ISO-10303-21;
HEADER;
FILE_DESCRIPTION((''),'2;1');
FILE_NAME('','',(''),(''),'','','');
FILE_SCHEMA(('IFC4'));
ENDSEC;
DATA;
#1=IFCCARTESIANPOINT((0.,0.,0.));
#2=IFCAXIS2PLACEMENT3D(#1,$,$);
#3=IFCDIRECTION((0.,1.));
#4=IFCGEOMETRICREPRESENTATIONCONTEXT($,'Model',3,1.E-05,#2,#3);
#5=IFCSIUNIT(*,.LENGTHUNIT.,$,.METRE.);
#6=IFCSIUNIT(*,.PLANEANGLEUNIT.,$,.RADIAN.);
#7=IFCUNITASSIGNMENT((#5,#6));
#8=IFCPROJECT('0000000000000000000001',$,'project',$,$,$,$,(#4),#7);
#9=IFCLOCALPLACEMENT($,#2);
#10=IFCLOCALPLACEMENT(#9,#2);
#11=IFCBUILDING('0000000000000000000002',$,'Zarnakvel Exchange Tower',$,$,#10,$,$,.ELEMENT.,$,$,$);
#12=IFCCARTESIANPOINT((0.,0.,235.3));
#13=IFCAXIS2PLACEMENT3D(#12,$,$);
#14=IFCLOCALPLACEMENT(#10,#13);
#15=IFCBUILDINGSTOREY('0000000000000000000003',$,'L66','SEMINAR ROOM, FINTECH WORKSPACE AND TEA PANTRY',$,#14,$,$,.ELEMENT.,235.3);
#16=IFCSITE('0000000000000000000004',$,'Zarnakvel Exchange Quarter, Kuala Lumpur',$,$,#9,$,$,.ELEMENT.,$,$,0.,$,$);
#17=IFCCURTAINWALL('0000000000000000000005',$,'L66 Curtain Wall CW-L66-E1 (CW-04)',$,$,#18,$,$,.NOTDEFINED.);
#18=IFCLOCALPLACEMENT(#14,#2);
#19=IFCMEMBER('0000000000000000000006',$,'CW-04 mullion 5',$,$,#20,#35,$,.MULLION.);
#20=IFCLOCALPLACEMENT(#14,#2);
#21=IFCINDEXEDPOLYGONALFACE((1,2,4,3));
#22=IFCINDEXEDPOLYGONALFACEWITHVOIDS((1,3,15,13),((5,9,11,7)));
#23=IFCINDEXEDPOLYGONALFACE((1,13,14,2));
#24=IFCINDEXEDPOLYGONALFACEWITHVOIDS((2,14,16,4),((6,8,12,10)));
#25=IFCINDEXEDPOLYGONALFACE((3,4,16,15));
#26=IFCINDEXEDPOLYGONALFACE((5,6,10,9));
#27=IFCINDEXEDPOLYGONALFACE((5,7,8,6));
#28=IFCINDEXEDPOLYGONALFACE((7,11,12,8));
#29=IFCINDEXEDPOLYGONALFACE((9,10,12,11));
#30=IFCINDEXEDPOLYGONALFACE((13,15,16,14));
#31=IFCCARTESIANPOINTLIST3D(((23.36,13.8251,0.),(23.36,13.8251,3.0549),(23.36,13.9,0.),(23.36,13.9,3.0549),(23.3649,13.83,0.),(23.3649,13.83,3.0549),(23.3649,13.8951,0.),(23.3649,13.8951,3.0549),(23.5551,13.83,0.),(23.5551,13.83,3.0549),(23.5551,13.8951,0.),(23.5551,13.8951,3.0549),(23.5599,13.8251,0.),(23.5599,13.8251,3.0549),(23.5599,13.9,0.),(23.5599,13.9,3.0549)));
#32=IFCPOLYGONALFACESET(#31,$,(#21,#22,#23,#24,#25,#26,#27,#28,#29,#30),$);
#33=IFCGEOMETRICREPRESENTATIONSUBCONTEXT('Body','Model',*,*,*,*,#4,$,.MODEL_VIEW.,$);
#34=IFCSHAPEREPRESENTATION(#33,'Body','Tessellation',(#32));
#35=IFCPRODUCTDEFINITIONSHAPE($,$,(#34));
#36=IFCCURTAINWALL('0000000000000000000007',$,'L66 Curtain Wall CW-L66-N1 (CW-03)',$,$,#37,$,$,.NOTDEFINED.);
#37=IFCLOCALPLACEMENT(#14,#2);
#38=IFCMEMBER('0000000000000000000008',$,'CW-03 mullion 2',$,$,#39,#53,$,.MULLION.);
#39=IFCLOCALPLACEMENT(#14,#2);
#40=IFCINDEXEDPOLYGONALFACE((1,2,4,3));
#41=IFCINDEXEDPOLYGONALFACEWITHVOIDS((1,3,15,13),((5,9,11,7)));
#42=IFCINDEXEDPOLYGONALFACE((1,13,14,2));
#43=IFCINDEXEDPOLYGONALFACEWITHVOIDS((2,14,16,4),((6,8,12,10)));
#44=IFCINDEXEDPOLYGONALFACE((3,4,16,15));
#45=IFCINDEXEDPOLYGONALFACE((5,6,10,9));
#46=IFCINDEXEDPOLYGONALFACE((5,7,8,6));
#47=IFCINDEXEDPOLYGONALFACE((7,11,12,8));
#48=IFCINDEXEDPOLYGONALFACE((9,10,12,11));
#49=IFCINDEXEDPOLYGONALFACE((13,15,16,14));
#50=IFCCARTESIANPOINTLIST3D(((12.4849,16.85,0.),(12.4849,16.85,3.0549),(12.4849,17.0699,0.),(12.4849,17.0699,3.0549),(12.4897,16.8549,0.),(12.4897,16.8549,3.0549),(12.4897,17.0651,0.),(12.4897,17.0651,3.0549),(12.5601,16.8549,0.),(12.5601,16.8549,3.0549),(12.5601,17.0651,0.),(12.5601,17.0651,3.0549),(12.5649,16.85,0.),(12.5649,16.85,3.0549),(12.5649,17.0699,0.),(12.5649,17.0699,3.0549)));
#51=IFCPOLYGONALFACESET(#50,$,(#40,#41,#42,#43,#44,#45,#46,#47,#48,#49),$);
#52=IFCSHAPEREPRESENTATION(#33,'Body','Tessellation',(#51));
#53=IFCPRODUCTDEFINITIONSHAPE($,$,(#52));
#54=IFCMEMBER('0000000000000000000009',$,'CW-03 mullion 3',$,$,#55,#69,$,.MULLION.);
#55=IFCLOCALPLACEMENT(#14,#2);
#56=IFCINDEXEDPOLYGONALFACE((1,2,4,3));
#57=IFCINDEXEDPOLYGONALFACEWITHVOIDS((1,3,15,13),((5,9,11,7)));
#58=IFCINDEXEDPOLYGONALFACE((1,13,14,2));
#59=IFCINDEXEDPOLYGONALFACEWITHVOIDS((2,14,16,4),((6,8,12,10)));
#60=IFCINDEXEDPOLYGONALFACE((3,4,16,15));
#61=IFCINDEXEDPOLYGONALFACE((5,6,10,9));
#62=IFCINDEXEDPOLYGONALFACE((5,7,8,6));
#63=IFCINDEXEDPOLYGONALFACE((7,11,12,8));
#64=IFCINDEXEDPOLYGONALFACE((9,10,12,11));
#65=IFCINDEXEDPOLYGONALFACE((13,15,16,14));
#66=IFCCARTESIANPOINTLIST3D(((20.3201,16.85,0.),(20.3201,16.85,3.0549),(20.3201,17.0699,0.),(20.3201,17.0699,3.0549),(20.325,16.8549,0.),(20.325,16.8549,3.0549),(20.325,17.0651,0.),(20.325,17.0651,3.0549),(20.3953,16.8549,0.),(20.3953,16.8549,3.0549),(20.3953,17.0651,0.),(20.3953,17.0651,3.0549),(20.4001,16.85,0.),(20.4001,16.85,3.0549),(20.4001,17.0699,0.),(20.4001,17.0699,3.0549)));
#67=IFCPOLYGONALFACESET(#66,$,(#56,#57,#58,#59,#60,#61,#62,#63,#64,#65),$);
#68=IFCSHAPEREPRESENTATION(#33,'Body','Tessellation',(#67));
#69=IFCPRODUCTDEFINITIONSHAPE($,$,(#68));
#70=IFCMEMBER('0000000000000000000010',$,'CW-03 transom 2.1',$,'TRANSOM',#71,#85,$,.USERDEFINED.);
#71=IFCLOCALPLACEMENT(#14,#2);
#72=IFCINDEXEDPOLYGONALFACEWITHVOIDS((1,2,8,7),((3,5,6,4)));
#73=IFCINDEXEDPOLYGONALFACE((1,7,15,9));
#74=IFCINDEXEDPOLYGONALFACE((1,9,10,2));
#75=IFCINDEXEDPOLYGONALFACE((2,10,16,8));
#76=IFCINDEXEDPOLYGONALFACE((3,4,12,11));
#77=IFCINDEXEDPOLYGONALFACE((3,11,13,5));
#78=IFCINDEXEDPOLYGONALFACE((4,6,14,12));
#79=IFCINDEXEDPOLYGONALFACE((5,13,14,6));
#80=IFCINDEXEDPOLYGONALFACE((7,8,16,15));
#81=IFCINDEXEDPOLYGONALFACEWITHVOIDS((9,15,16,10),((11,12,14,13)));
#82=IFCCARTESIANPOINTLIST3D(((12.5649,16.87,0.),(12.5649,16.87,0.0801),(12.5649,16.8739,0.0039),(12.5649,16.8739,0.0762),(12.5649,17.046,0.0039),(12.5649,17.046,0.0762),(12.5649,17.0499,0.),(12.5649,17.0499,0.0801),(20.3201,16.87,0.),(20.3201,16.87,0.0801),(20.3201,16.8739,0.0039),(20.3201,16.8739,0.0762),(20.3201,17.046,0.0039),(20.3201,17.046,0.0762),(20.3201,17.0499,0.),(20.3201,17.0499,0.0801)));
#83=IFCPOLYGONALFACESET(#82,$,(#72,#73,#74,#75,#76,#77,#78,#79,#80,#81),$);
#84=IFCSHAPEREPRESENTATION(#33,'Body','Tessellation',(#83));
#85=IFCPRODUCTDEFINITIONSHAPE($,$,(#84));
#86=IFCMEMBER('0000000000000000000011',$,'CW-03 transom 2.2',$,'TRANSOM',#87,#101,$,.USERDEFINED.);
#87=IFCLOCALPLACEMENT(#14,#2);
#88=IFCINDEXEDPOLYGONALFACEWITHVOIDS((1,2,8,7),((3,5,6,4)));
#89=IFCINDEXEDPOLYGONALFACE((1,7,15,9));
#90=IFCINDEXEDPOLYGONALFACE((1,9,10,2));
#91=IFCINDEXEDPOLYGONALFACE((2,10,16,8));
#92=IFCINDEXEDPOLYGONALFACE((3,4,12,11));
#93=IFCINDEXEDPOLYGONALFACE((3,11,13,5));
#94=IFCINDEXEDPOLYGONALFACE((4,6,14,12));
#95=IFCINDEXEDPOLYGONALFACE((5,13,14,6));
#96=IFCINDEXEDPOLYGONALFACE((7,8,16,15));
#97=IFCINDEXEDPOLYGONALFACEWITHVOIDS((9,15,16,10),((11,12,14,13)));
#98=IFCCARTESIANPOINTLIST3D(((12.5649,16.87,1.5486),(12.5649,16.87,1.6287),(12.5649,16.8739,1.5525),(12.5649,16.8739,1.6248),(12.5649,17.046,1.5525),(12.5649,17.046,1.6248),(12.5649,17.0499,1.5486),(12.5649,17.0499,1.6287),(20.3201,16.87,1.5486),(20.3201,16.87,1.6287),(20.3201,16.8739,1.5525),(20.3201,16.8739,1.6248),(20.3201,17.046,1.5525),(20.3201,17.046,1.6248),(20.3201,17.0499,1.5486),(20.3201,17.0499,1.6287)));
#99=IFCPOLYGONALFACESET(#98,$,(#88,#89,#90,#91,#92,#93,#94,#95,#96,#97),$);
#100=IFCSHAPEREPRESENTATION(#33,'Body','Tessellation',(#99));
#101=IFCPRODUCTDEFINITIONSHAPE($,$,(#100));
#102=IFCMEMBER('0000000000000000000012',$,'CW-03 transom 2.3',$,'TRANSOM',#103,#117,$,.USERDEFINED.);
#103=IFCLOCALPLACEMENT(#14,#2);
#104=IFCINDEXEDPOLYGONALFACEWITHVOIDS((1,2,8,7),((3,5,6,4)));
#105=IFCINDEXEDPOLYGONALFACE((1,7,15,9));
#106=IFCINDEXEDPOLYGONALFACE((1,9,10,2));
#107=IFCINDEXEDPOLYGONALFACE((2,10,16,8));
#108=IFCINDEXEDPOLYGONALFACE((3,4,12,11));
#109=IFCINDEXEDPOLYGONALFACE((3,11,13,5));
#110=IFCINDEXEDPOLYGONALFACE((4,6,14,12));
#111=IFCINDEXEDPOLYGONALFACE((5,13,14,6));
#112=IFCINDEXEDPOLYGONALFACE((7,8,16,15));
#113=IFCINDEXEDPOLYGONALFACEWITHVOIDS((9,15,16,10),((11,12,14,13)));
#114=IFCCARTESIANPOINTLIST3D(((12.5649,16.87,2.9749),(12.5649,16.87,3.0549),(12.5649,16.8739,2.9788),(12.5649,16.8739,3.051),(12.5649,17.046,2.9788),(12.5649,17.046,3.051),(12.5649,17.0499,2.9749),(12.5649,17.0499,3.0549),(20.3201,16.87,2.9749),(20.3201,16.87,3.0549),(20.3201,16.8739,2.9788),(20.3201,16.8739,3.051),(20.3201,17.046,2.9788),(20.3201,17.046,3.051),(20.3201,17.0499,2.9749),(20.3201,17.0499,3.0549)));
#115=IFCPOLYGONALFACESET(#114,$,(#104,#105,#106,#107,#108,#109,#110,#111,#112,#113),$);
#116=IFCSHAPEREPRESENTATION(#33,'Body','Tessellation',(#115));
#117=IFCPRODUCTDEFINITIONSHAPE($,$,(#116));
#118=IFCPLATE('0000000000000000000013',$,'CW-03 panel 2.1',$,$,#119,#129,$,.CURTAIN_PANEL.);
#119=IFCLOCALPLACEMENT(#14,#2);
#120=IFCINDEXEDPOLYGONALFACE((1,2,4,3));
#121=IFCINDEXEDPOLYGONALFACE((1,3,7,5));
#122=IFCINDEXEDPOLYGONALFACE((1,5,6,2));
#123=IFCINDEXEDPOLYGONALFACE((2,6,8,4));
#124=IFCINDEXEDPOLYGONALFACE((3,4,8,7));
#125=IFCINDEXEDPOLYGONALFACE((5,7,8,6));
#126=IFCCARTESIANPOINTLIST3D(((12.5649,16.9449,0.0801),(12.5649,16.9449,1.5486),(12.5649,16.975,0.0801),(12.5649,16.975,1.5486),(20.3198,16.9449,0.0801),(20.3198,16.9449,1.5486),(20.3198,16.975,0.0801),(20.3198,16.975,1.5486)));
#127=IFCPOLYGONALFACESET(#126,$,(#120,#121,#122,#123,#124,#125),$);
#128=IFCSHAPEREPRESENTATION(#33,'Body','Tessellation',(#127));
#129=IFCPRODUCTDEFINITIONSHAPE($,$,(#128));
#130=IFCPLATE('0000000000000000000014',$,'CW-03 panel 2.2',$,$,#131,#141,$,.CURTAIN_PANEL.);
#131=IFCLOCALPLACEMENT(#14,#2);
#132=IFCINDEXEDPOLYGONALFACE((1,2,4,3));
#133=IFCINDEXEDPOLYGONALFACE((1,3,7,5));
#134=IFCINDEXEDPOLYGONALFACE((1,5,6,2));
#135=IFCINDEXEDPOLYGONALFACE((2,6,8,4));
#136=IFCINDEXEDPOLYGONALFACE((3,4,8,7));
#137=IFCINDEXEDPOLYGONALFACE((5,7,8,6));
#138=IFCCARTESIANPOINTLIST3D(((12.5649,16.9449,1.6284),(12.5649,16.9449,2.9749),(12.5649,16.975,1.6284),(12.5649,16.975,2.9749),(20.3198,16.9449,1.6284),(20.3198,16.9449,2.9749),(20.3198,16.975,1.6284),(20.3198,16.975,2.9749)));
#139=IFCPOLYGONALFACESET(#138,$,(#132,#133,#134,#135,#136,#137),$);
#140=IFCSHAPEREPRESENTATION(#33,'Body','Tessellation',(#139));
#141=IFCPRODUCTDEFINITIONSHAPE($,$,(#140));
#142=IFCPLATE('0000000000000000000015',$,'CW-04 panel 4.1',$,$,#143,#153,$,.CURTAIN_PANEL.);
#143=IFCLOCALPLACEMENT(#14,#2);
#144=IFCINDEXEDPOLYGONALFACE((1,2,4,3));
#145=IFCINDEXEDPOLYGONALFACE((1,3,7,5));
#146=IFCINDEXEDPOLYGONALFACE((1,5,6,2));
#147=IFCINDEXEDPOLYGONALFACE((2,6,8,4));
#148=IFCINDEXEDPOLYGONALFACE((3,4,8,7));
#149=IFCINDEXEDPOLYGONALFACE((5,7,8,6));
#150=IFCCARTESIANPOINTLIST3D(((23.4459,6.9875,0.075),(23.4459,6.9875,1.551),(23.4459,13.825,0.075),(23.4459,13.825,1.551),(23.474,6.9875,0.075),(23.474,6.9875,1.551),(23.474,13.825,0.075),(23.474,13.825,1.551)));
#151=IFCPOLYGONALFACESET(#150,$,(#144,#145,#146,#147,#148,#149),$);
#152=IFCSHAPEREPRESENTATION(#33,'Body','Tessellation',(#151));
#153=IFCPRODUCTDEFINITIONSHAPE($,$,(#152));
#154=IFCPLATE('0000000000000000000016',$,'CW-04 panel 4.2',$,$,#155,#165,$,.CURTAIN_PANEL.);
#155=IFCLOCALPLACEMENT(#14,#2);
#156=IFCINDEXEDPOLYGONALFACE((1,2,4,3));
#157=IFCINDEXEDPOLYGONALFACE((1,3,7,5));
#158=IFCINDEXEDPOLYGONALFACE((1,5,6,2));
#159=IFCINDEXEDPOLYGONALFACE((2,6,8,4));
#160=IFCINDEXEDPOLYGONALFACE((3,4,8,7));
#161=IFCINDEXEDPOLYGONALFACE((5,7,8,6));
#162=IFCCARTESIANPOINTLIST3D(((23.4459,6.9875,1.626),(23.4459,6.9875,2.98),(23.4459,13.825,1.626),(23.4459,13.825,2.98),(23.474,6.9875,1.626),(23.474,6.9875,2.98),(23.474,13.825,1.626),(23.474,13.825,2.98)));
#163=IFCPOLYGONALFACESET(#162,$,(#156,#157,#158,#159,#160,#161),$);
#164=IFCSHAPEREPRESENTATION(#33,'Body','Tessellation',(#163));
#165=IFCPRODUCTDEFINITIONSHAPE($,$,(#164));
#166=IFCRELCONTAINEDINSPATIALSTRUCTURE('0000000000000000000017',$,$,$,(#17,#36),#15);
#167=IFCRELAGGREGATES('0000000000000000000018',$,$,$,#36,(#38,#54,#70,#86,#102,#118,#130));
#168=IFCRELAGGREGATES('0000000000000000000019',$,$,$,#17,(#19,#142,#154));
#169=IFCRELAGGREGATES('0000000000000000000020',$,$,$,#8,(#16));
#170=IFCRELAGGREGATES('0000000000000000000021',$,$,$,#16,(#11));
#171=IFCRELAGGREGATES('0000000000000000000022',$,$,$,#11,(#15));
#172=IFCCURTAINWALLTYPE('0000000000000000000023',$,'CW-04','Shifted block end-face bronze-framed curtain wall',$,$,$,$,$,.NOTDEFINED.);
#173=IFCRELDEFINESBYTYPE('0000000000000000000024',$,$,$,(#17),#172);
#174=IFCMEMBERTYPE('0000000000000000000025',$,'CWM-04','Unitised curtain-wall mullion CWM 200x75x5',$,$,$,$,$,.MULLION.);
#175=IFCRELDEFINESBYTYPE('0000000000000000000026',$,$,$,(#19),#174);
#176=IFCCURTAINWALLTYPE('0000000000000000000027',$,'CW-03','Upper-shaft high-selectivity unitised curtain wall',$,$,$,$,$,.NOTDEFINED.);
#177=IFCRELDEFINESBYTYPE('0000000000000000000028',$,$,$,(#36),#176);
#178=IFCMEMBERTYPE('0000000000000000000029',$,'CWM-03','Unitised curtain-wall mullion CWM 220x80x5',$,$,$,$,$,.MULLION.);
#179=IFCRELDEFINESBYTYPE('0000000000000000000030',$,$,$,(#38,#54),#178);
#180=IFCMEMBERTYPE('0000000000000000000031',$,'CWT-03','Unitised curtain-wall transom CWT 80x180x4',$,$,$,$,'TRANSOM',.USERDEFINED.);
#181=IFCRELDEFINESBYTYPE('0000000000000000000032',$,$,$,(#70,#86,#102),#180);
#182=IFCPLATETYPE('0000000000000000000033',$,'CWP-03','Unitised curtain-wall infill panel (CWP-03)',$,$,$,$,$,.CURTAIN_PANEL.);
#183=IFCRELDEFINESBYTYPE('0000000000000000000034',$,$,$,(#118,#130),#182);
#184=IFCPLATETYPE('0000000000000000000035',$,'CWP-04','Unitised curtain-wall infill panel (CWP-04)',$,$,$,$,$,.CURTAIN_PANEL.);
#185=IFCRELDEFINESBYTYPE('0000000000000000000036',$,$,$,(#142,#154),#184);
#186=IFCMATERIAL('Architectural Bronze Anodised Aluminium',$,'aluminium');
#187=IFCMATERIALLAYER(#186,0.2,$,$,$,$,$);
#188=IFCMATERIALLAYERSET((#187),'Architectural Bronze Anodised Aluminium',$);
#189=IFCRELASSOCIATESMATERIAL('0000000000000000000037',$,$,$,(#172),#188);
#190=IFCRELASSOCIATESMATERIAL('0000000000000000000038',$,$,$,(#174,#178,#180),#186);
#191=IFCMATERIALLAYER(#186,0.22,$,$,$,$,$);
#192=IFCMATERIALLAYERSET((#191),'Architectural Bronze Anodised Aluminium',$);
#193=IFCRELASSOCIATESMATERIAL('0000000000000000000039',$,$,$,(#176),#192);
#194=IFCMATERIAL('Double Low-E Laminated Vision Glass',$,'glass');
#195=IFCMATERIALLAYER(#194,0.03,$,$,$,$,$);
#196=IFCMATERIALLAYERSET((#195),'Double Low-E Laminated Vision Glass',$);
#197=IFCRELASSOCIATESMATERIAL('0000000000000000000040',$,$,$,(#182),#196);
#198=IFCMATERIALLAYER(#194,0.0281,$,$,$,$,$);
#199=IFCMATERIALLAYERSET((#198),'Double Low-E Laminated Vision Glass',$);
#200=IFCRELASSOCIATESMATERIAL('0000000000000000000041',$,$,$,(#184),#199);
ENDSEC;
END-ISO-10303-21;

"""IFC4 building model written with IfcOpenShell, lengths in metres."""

from ifc_helpers import new_model, si_unit, direction, frame, origin, origin_2d, place, context, subcontext, project, spatial, rectangle, hollow_rectangle, extrude, source, transform, mapped, material, layer, layer_set, material_profile, profile_set, type_object, element, aggregate, save


model = new_model("IFC4")

# Units and contexts
model_context = context("Model", 3, precision=1e-05, world=origin(), true_north=direction((0.0, 1.0)))
body_context = subcontext(model_context, "Body", "Model", "MODEL_VIEW")
ifc_project = project(units=[si_unit("LENGTHUNIT", "METRE"), si_unit("PLANEANGLEUNIT", "RADIAN")], contexts=[model_context])

# Site, building, storey
site_placement = place(None, origin())
site = spatial("IfcSite", under=ifc_project, at=site_placement, Name="Zarnakvel Exchange Quarter, Kuala Lumpur", CompositionType="ELEMENT", RefElevation=0.0)
building_placement = place(site_placement, origin())
building = spatial("IfcBuilding", under=site, at=building_placement, Name="Zarnakvel Exchange Tower", CompositionType="ELEMENT")
storey_placement = place(building_placement, frame((0.0, 0.0, 235.3)))
storey = spatial("IfcBuildingStorey", under=building, at=storey_placement, Name="L66", Description="SEMINAR ROOM, FINTECH WORKSPACE AND TEA PANTRY", CompositionType="ELEMENT", Elevation=235.3)

# Curtain wall, member
ifc_material_1 = material(Name="Architectural Bronze Anodised Aluminium", Category="aluminium")
ifc_layer_1 = layer(ifc_material_1, 0.2)
ifc_layer_set_1 = layer_set([ifc_layer_1], Name="Architectural Bronze Anodised Aluminium")
curtain_wall_type_1 = type_object("IfcCurtainWallType", Name="CW-04", Description="Shifted block end-face bronze-framed curtain wall", PredefinedType="NOTDEFINED", material=ifc_layer_set_1)
curtain_wall_1_placement = place(storey_placement, origin())
curtain_wall_1 = element("IfcCurtainWall", 1, at=curtain_wall_1_placement, inside=storey, type_object=curtain_wall_type_1, Name="L66 Curtain Wall CW-L66-E1 (CW-04)", PredefinedType="NOTDEFINED")
ifc_material_profile_1 = material_profile(ifc_material_1, hollow_rectangle(XDim=0.2, YDim=0.075, WallThickness=0.0049, at=origin_2d()))
ifc_profile_set_1 = profile_set([ifc_material_profile_1], Name="Architectural Bronze Anodised Aluminium")
member_type_1 = type_object("IfcMemberType", Name="CWM-04", Description="Unitised curtain-wall mullion CWM 200x75x5", PredefinedType="MULLION", material=ifc_profile_set_1)
shared_shape_1 = source(origin(), body_context, "Body", "SweptSolid", [
    extrude(hollow_rectangle(XDim=0.2, YDim=0.075, WallThickness=0.0049, at=origin_2d()), origin(), (0.0, 0.0, 1.0), 3.0549),
])
member_1_placement = place(storey_placement, frame((23.46, 13.8625, 0.0), z_axis=(0.0, 0.0, 1.0), x_axis=(-1.0, 0.0, 0.0)))
member_1 = element("IfcMember", 2, at=member_1_placement, type_object=member_type_1, Name="CW-04 mullion 5", PredefinedType="MULLION", context=body_context, shape_type="MappedRepresentation", body=[
    mapped(shared_shape_1, transform((0.0, 0.0, 0.0), x_axis=(1.0, 0.0, 0.0), y_axis=(0.0, 1.0, 0.0), z_axis=(0.0, 0.0, 1.0), scale=1.0)),
])

# Curtain wall, members, plates
ifc_layer_2 = layer(ifc_material_1, 0.22)
ifc_layer_set_2 = layer_set([ifc_layer_2], Name="Architectural Bronze Anodised Aluminium")
curtain_wall_type_2 = type_object("IfcCurtainWallType", Name="CW-03", Description="Upper-shaft high-selectivity unitised curtain wall", PredefinedType="NOTDEFINED", material=ifc_layer_set_2)
curtain_wall_2_placement = place(storey_placement, origin())
curtain_wall_2 = element("IfcCurtainWall", 3, at=curtain_wall_2_placement, inside=storey, type_object=curtain_wall_type_2, Name="L66 Curtain Wall CW-L66-N1 (CW-03)", PredefinedType="NOTDEFINED")
ifc_material_profile_2 = material_profile(ifc_material_1, hollow_rectangle(XDim=0.22, YDim=0.0801, WallThickness=0.0049, at=origin_2d()))
ifc_profile_set_2 = profile_set([ifc_material_profile_2], Name="Architectural Bronze Anodised Aluminium")
member_type_2 = type_object("IfcMemberType", Name="CWM-03", Description="Unitised curtain-wall mullion CWM 220x80x5", PredefinedType="MULLION", material=ifc_profile_set_2)
shared_shape_2 = source(origin(), body_context, "Body", "SweptSolid", [
    extrude(hollow_rectangle(XDim=0.22, YDim=0.0801, WallThickness=0.0049, at=origin_2d()), origin(), (0.0, 0.0, 1.0), 3.0549),
])
member_2_placement = place(storey_placement, frame((12.5249, 16.96, 0.0), z_axis=(0.0, 0.0, 1.0), x_axis=(0.0, 1.0, 0.0)))
member_2 = element("IfcMember", 4, at=member_2_placement, type_object=member_type_2, Name="CW-03 mullion 2", PredefinedType="MULLION", context=body_context, shape_type="MappedRepresentation", body=[
    mapped(shared_shape_2, transform((0.0, 0.0, 0.0), x_axis=(1.0, 0.0, 0.0), y_axis=(0.0, 1.0, 0.0), z_axis=(0.0, 0.0, 1.0), scale=1.0)),
])
member_3_placement = place(storey_placement, frame((20.3601, 16.96, 0.0), z_axis=(0.0, 0.0, 1.0), x_axis=(0.0, 1.0, 0.0)))
member_3 = element("IfcMember", 5, at=member_3_placement, type_object=member_type_2, Name="CW-03 mullion 3", PredefinedType="MULLION", context=body_context, shape_type="MappedRepresentation", body=[
    mapped(shared_shape_2, transform((0.0, 0.0, 0.0), x_axis=(1.0, 0.0, 0.0), y_axis=(0.0, 1.0, 0.0), z_axis=(0.0, 0.0, 1.0), scale=1.0)),
])
ifc_material_profile_3 = material_profile(ifc_material_1, hollow_rectangle(XDim=0.1799, YDim=0.0801, WallThickness=0.0039, at=origin_2d()))
ifc_profile_set_3 = profile_set([ifc_material_profile_3], Name="Architectural Bronze Anodised Aluminium")
member_type_3 = type_object("IfcMemberType", Name="CWT-03", Description="Unitised curtain-wall transom CWT 80x180x4", ElementType="TRANSOM", PredefinedType="USERDEFINED", material=ifc_profile_set_3)
shared_shape_3 = source(origin(), body_context, "Body", "SweptSolid", [
    extrude(hollow_rectangle(XDim=0.1799, YDim=0.0801, WallThickness=0.0039, at=origin_2d()), origin(), (0.0, 0.0, 1.0), 7.7551),
])
member_4_placement = place(storey_placement, frame((12.5649, 16.96, 0.04), z_axis=(1.0, 0.0, 0.0), x_axis=(0.0, 1.0, 0.0)))
member_4 = element("IfcMember", 6, at=member_4_placement, type_object=member_type_3, Name="CW-03 transom 2.1", ObjectType="TRANSOM", PredefinedType="USERDEFINED", context=body_context, shape_type="MappedRepresentation", body=[
    mapped(shared_shape_3, transform((0.0, 0.0, 0.0), x_axis=(1.0, 0.0, 0.0), y_axis=(0.0, 1.0, 0.0), z_axis=(0.0, 0.0, 1.0), scale=1.0)),
])
member_5_placement = place(storey_placement, frame((12.5649, 16.96, 1.5886), z_axis=(1.0, 0.0, 0.0), x_axis=(0.0, 1.0, 0.0)))
member_5 = element("IfcMember", 7, at=member_5_placement, type_object=member_type_3, Name="CW-03 transom 2.2", ObjectType="TRANSOM", PredefinedType="USERDEFINED", context=body_context, shape_type="MappedRepresentation", body=[
    mapped(shared_shape_3, transform((0.0, 0.0, 0.0), x_axis=(1.0, 0.0, 0.0), y_axis=(0.0, 1.0, 0.0), z_axis=(0.0, 0.0, 1.0), scale=1.0)),
])
member_6_placement = place(storey_placement, frame((12.5649, 16.96, 3.0149), z_axis=(1.0, 0.0, 0.0), x_axis=(0.0, 1.0, 0.0)))
member_6 = element("IfcMember", 8, at=member_6_placement, type_object=member_type_3, Name="CW-03 transom 2.3", ObjectType="TRANSOM", PredefinedType="USERDEFINED", context=body_context, shape_type="MappedRepresentation", body=[
    mapped(shared_shape_3, transform((0.0, 0.0, 0.0), x_axis=(1.0, 0.0, 0.0), y_axis=(0.0, 1.0, 0.0), z_axis=(0.0, 0.0, 1.0), scale=1.0)),
])
ifc_material_2 = material(Name="Double Low-E Laminated Vision Glass", Category="glass")
ifc_layer_3 = layer(ifc_material_2, 0.03)
ifc_layer_set_3 = layer_set([ifc_layer_3], Name="Double Low-E Laminated Vision Glass")
plate_type_1 = type_object("IfcPlateType", Name="CWP-03", Description="Unitised curtain-wall infill panel (CWP-03)", PredefinedType="CURTAIN_PANEL", material=ifc_layer_set_3)
shared_shape_4 = source(origin(), body_context, "Body", "SweptSolid", [
    extrude(rectangle(XDim=7.7549, YDim=0.03, at=origin_2d()), origin(), (0.0, 0.0, 1.0), 1.4685),
])
plate_1_placement = place(storey_placement, frame((16.4424, 16.96, 0.0801), z_axis=(0.0, 0.0, 1.0), x_axis=(1.0, 0.0, 0.0)))
plate_1 = element("IfcPlate", 9, at=plate_1_placement, type_object=plate_type_1, Name="CW-03 panel 2.1", PredefinedType="CURTAIN_PANEL", context=body_context, shape_type="MappedRepresentation", body=[
    mapped(shared_shape_4, transform((0.0, 0.0, 0.0), x_axis=(1.0, 0.0, 0.0), y_axis=(0.0, 1.0, 0.0), z_axis=(0.0, 0.0, 1.0), scale=1.0)),
])
shared_shape_5 = source(origin(), body_context, "Body", "SweptSolid", [
    extrude(rectangle(XDim=7.7549, YDim=0.03, at=origin_2d()), origin(), (0.0, 0.0, 1.0), 1.3464),
])
plate_2_placement = place(storey_placement, frame((16.4424, 16.96, 1.6284), z_axis=(0.0, 0.0, 1.0), x_axis=(1.0, 0.0, 0.0)))
plate_2 = element("IfcPlate", 10, at=plate_2_placement, type_object=plate_type_1, Name="CW-03 panel 2.2", PredefinedType="CURTAIN_PANEL", context=body_context, shape_type="MappedRepresentation", body=[
    mapped(shared_shape_5, transform((0.0, 0.0, 0.0), x_axis=(1.0, 0.0, 0.0), y_axis=(0.0, 1.0, 0.0), z_axis=(0.0, 0.0, 1.0), scale=1.0)),
])
aggregate(curtain_wall_2, [member_2, member_3, member_4, member_5, member_6, plate_1, plate_2])

# Plates
ifc_layer_4 = layer(ifc_material_2, 0.0281)
ifc_layer_set_4 = layer_set([ifc_layer_4], Name="Double Low-E Laminated Vision Glass")
plate_type_2 = type_object("IfcPlateType", Name="CWP-04", Description="Unitised curtain-wall infill panel (CWP-04)", PredefinedType="CURTAIN_PANEL", material=ifc_layer_set_4)
shared_shape_6 = source(origin(), body_context, "Body", "SweptSolid", [
    extrude(rectangle(XDim=6.8374, YDim=0.0281, at=origin_2d()), origin(), (0.0, 0.0, 1.0), 1.4761),
])
plate_3_placement = place(storey_placement, frame((23.46, 10.4062, 0.075), z_axis=(0.0, 0.0, 1.0), x_axis=(0.0, 1.0, 0.0)))
plate_3 = element("IfcPlate", 11, at=plate_3_placement, type_object=plate_type_2, Name="CW-04 panel 4.1", PredefinedType="CURTAIN_PANEL", context=body_context, shape_type="MappedRepresentation", body=[
    mapped(shared_shape_6, transform((0.0, 0.0, 0.0), x_axis=(1.0, 0.0, 0.0), y_axis=(0.0, 1.0, 0.0), z_axis=(0.0, 0.0, 1.0), scale=1.0)),
])
shared_shape_7 = source(origin(), body_context, "Body", "SweptSolid", [
    extrude(rectangle(XDim=6.8374, YDim=0.0281, at=origin_2d()), origin(), (0.0, 0.0, 1.0), 1.354),
])
plate_4_placement = place(storey_placement, frame((23.46, 10.4062, 1.626), z_axis=(0.0, 0.0, 1.0), x_axis=(0.0, 1.0, 0.0)))
plate_4 = element("IfcPlate", 12, at=plate_4_placement, type_object=plate_type_2, Name="CW-04 panel 4.2", PredefinedType="CURTAIN_PANEL", context=body_context, shape_type="MappedRepresentation", body=[
    mapped(shared_shape_7, transform((0.0, 0.0, 0.0), x_axis=(1.0, 0.0, 0.0), y_axis=(0.0, 1.0, 0.0), z_axis=(0.0, 0.0, 1.0), scale=1.0)),
])
aggregate(curtain_wall_1, [member_1, plate_3, plate_4])

save(model, "model.ifc")
